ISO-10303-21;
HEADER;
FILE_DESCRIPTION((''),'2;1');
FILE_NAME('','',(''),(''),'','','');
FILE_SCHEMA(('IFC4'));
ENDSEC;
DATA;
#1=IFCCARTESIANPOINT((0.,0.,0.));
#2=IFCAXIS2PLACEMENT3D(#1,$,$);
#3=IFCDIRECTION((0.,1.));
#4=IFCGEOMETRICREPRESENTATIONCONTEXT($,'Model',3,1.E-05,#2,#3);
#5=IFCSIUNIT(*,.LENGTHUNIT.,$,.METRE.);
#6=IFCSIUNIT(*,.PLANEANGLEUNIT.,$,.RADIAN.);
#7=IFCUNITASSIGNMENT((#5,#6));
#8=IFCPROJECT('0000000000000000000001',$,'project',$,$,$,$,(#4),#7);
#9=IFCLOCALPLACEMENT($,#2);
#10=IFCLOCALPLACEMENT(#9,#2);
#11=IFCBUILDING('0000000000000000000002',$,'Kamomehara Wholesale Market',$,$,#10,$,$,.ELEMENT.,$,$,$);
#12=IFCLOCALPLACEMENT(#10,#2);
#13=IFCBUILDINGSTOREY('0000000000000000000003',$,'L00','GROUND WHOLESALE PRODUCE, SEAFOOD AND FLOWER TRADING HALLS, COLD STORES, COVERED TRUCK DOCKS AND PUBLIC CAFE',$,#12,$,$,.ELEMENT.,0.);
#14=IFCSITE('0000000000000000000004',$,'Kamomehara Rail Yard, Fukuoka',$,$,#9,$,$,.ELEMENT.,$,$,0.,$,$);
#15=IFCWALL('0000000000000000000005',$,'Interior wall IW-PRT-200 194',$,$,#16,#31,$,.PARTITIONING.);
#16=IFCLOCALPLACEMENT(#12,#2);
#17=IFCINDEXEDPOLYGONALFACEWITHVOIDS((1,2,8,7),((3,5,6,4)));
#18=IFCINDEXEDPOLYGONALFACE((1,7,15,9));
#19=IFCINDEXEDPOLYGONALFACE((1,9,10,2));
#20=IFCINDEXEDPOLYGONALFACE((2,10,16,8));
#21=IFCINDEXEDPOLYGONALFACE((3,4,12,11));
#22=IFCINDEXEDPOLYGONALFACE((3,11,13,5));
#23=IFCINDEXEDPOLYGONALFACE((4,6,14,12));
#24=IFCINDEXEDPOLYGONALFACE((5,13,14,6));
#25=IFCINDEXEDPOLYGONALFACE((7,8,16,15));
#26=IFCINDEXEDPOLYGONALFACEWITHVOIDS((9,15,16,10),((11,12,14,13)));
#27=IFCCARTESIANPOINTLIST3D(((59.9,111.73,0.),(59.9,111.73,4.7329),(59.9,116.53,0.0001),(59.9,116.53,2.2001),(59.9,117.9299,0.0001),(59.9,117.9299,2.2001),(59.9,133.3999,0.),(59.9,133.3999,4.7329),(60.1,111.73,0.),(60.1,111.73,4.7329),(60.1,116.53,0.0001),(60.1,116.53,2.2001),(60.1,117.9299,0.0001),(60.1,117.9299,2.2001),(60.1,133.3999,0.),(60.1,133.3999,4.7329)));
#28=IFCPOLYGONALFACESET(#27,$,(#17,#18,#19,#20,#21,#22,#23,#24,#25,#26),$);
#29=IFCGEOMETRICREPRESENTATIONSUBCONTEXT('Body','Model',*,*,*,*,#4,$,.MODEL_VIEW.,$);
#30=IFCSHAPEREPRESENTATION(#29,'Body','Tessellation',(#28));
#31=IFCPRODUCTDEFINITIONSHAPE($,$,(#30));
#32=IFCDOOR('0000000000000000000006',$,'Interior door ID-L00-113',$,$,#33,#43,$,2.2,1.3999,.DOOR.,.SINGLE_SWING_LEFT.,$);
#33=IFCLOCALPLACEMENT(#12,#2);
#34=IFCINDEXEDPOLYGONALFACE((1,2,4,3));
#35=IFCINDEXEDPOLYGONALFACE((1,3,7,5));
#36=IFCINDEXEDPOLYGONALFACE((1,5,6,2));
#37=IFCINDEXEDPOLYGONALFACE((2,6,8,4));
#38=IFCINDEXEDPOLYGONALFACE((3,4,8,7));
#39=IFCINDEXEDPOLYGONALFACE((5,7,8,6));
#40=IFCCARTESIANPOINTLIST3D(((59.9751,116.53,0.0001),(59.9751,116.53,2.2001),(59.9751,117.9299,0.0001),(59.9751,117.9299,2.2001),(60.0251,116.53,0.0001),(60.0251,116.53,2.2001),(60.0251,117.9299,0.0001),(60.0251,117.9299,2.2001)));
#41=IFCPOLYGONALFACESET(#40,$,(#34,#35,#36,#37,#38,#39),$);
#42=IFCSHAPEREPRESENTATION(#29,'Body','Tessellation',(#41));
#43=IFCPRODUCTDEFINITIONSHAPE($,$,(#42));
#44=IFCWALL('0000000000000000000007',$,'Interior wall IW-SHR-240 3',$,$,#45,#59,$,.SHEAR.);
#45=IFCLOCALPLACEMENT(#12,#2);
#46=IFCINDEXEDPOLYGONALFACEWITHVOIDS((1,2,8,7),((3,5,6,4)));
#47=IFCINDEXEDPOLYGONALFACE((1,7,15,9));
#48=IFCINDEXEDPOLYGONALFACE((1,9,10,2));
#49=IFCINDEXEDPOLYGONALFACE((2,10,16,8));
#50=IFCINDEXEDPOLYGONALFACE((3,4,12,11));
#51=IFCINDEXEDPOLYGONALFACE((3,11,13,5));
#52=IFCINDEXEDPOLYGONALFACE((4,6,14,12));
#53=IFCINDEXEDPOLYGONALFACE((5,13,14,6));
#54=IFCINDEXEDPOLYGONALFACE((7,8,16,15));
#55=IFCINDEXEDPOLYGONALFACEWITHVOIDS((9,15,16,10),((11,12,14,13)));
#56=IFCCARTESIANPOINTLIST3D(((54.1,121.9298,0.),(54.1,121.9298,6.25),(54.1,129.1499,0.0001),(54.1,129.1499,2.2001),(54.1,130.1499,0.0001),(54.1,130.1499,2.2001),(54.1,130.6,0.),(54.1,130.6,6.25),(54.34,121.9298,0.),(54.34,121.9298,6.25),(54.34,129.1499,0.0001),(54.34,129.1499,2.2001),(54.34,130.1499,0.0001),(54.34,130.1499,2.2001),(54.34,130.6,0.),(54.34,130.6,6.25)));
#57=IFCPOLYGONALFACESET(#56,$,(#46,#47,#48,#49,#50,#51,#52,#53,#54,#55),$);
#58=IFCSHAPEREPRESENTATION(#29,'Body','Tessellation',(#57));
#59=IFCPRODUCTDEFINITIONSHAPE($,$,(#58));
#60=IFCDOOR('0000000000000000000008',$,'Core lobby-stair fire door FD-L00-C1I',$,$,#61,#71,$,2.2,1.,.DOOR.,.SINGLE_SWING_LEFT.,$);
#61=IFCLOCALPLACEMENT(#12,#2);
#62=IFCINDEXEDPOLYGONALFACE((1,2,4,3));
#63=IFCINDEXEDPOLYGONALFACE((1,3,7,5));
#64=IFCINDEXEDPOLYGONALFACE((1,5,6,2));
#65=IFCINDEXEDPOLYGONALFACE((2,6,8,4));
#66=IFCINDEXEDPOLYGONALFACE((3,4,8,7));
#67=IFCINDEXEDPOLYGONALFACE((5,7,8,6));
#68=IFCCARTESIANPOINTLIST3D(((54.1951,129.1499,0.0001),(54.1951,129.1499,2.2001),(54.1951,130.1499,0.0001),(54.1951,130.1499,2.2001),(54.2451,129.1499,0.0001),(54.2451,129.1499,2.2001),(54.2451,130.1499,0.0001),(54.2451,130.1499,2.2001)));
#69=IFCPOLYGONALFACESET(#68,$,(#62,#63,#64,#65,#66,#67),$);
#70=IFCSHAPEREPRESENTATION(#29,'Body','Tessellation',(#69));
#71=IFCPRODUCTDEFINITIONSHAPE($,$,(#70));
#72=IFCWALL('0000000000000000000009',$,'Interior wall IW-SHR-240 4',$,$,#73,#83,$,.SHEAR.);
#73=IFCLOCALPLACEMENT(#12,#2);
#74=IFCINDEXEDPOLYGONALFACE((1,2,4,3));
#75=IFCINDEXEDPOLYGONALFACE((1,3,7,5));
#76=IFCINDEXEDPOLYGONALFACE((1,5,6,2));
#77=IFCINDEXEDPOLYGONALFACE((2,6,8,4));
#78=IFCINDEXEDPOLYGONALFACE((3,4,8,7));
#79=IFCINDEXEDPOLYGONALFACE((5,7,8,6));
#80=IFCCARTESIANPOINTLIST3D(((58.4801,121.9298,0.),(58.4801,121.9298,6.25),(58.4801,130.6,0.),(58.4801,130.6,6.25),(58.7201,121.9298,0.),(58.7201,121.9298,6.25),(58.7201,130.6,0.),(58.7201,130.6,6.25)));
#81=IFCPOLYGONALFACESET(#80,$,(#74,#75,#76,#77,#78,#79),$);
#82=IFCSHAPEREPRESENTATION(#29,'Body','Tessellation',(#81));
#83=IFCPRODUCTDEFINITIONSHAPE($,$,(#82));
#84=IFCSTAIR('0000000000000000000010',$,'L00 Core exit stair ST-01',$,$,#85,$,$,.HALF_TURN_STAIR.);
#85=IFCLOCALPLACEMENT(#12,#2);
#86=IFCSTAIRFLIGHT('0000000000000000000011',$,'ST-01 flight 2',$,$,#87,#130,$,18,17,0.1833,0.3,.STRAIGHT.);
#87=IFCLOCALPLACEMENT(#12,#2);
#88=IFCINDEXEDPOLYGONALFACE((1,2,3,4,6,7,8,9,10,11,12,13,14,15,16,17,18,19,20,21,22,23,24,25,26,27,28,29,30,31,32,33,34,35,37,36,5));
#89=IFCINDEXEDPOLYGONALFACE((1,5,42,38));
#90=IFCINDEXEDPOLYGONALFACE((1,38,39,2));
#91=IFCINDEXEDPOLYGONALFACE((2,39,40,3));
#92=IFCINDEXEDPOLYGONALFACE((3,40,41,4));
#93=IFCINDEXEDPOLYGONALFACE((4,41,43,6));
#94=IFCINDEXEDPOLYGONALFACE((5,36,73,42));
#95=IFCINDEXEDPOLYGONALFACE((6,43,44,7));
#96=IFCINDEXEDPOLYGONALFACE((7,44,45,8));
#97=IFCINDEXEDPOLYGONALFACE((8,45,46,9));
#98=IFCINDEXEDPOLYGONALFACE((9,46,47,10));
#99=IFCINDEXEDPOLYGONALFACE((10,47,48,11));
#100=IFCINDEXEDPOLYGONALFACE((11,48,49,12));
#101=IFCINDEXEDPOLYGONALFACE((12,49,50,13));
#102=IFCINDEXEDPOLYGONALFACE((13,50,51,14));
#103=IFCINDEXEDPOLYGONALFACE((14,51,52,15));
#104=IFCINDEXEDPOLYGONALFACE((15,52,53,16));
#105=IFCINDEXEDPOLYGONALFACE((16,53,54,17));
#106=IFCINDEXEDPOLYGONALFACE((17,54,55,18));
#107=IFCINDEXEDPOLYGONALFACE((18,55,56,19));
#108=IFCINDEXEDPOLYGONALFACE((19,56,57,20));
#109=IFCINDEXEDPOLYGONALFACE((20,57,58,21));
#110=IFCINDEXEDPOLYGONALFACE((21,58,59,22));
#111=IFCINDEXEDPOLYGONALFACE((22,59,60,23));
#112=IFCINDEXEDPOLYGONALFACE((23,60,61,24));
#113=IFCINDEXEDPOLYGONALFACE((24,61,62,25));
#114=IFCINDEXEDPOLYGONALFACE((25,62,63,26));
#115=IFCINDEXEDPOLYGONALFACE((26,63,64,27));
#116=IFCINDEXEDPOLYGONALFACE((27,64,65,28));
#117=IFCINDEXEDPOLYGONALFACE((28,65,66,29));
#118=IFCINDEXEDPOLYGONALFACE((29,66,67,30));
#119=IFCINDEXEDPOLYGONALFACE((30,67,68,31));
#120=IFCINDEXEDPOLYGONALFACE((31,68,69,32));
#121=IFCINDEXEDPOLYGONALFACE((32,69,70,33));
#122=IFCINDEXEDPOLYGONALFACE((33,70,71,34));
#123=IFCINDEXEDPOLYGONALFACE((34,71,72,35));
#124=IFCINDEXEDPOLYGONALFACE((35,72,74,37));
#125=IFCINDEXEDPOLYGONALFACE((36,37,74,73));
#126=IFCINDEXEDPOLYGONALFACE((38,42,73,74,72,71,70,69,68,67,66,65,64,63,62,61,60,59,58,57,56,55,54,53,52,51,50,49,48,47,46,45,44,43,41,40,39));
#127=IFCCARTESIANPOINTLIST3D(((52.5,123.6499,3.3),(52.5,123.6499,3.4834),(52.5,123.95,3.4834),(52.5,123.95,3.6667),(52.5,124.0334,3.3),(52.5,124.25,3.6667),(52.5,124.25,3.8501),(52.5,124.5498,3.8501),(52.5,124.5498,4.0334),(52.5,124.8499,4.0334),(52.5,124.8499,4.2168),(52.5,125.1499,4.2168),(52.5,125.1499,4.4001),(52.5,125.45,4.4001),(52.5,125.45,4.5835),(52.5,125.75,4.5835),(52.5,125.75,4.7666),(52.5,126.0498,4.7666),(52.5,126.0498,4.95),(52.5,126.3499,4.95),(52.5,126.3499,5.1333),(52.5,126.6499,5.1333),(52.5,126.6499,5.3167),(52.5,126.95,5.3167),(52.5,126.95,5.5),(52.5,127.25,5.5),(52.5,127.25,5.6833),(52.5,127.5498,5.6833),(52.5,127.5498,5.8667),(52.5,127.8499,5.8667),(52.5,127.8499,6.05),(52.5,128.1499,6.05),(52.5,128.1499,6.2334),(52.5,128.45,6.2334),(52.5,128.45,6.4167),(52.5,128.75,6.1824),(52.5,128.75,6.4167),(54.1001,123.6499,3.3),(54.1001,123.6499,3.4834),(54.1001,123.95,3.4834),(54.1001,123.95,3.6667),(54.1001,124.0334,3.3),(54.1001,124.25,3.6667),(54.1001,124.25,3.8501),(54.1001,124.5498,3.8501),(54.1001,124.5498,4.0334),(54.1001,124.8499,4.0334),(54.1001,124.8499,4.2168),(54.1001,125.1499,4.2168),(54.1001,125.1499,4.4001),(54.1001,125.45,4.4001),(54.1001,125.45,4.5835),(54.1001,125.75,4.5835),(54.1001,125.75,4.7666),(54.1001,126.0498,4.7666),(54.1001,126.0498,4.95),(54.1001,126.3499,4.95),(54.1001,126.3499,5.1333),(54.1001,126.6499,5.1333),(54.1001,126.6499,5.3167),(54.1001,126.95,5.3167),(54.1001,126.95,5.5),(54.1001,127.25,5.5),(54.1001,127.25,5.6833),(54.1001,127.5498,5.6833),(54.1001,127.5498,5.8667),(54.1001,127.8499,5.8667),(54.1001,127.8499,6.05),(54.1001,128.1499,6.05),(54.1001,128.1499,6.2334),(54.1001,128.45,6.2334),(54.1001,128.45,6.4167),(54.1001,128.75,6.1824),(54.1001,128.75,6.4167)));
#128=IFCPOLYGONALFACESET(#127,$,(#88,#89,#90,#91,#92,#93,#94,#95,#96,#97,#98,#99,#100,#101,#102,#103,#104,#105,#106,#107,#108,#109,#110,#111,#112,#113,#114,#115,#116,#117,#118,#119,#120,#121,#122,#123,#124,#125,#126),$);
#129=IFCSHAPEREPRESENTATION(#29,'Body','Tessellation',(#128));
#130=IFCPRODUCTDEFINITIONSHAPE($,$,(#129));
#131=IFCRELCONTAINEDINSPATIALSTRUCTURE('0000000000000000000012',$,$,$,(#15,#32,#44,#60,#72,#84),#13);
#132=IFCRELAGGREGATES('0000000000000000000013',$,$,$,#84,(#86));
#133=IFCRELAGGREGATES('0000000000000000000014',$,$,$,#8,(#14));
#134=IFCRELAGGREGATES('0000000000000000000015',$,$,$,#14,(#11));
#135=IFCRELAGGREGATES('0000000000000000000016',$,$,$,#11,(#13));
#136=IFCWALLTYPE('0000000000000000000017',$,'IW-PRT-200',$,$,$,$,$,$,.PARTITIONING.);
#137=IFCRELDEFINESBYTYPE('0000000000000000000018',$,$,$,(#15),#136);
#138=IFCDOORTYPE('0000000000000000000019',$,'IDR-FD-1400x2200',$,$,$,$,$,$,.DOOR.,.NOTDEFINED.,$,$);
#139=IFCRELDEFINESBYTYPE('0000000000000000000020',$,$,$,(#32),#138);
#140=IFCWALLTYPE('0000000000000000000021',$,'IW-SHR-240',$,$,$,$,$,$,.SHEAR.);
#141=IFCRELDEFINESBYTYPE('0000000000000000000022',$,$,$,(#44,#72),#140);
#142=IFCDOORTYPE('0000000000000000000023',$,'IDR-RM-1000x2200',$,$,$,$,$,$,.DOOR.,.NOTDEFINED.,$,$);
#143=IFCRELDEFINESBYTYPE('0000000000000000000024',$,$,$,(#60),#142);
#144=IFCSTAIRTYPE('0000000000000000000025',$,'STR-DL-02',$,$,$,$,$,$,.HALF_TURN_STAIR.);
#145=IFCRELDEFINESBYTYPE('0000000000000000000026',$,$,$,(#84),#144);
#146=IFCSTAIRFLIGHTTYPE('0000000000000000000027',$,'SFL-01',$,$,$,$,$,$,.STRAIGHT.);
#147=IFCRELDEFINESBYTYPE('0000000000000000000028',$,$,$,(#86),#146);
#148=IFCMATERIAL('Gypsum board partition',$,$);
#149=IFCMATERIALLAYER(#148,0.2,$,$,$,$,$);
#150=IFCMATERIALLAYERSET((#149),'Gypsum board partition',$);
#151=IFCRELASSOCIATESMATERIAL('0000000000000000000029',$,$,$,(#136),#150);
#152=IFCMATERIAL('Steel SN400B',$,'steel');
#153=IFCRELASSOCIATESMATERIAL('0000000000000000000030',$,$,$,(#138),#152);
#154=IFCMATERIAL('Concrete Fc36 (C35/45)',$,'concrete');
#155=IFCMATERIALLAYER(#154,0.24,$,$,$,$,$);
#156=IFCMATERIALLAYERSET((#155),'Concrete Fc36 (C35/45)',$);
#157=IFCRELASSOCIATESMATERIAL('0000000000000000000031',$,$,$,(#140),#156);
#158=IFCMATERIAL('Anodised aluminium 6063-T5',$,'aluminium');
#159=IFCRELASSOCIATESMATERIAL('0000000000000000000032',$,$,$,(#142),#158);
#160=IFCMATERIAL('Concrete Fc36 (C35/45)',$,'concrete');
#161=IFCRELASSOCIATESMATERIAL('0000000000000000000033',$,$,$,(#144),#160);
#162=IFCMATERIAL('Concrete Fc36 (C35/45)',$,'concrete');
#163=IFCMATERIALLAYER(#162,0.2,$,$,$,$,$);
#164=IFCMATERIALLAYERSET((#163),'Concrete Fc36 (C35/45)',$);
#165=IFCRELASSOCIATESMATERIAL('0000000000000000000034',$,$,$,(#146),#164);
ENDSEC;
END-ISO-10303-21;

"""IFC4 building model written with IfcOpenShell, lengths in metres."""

from ifc_helpers import new_model, si_unit, direction, frame, frame_2d, origin, place, context, subcontext, project, spatial, polyline, rectangle, outline, extrude, material, layer, layer_set, type_object, element, fill, aggregate, save


model = new_model("IFC4")

# Units and contexts
model_context = context("Model", 3, precision=1e-05, world=origin(), true_north=direction((0.0, 1.0)))
body_context = subcontext(model_context, "Body", "Model", "MODEL_VIEW")
ifc_project = project(units=[si_unit("LENGTHUNIT", "METRE"), si_unit("PLANEANGLEUNIT", "RADIAN")], contexts=[model_context])

# Site, building, storey
site_placement = place(None, origin())
site = spatial("IfcSite", under=ifc_project, at=site_placement, Name="Kamomehara Rail Yard, Fukuoka", CompositionType="ELEMENT", RefElevation=0.0)
building_placement = place(site_placement, origin())
building = spatial("IfcBuilding", under=site, at=building_placement, Name="Kamomehara Wholesale Market", CompositionType="ELEMENT")
storey_placement = place(building_placement, origin())
storey = spatial("IfcBuildingStorey", under=building, at=storey_placement, Name="L00", Description="GROUND WHOLESALE PRODUCE, SEAFOOD AND FLOWER TRADING HALLS, COLD STORES, COVERED TRUCK DOCKS AND PUBLIC CAFE", CompositionType="ELEMENT", Elevation=0.0)

# Walls, openings, doors
ifc_material_1 = material(Name="Gypsum board partition")
ifc_layer_1 = layer(ifc_material_1, 0.2)
ifc_layer_set_1 = layer_set([ifc_layer_1], Name="Gypsum board partition")
wall_type_1 = type_object("IfcWallType", Name="IW-PRT-200", PredefinedType="PARTITIONING", material=ifc_layer_set_1)
wall_1_placement = place(storey_placement, frame((60.0, 111.73, 0.0), z_axis=(0.0, 0.0, 1.0), x_axis=(0.0, 1.0, 0.0)))
wall_1 = element("IfcWall", 1, at=wall_1_placement, inside=storey, type_object=wall_type_1, Name="Interior wall IW-PRT-200 194", PredefinedType="PARTITIONING", context=body_context, shape_type="SweptSolid", body=[
    extrude(rectangle(XDim=21.6699, YDim=0.2, at=frame_2d((10.835, 0.0))), origin(), (0.0, 0.0, 1.0), 4.7329),
])
opening_1_placement = place(wall_1_placement, frame((4.8, 0.0, 0.0)))
opening_1 = element("IfcOpeningElement", 2, at=opening_1_placement, cuts=wall_1, PredefinedType="OPENING", context=body_context, shape_type="SweptSolid", body=[
    extrude(rectangle(XDim=1.3999, YDim=2.2, at=frame_2d((0.7, 1.1001))), frame((0.0, 0.1147, 0.0), z_axis=(0.0, -1.0, 0.0), x_axis=(1.0, 0.0, 0.0)), (0.0, 0.0, 1.0), 0.2297),
])
ifc_material_2 = material(Name="Steel SN400B", Category="steel")
door_type_1 = type_object("IfcDoorType", Name="IDR-FD-1400x2200", OperationType="NOTDEFINED", PredefinedType="DOOR", material=ifc_material_2)
door_1_placement = place(opening_1_placement, origin())
door_1 = element("IfcDoor", 3, at=door_1_placement, inside=storey, type_object=door_type_1, Name="Interior door ID-L00-113", OperationType="SINGLE_SWING_LEFT", OverallHeight=2.2, OverallWidth=1.3999, PredefinedType="DOOR", context=body_context, shape_type="SweptSolid", body=[
    extrude(rectangle(XDim=1.3999, YDim=2.2, at=frame_2d((0.7, 1.1001))), frame((0.0, 0.0249, 0.0), z_axis=(0.0, -1.0, 0.0), x_axis=(1.0, 0.0, 0.0)), (0.0, 0.0, 1.0), 0.05),
])
fill(opening_1, door_1)
ifc_material_3 = material(Name="Concrete Fc36 (C35/45)", Category="concrete")
ifc_layer_2 = layer(ifc_material_3, 0.24)
ifc_layer_set_2 = layer_set([ifc_layer_2], Name="Concrete Fc36 (C35/45)")
wall_type_2 = type_object("IfcWallType", Name="IW-SHR-240", PredefinedType="SHEAR", material=ifc_layer_set_2)
wall_2_placement = place(storey_placement, frame((54.22, 121.9299, 0.0), z_axis=(0.0, 0.0, 1.0), x_axis=(0.0, 1.0, 0.0)))
wall_2 = element("IfcWall", 4, at=wall_2_placement, inside=storey, type_object=wall_type_2, Name="Interior wall IW-SHR-240 3", PredefinedType="SHEAR", context=body_context, shape_type="SweptSolid", body=[
    extrude(rectangle(XDim=8.6702, YDim=0.24, at=frame_2d((4.335, 0.0))), origin(), (0.0, 0.0, 1.0), 6.25),
])
opening_2_placement = place(wall_2_placement, frame((7.22, 0.0, 0.0)))
opening_2 = element("IfcOpeningElement", 5, at=opening_2_placement, cuts=wall_2, PredefinedType="OPENING", context=body_context, shape_type="SweptSolid", body=[
    extrude(rectangle(XDim=1.0, YDim=2.2, at=frame_2d((0.5, 1.1001))), frame((0.0, 0.1348, 0.0), z_axis=(0.0, -1.0, 0.0), x_axis=(1.0, 0.0, 0.0)), (0.0, 0.0, 1.0), 0.2698),
])
ifc_material_4 = material(Name="Anodised aluminium 6063-T5", Category="aluminium")
door_type_2 = type_object("IfcDoorType", Name="IDR-RM-1000x2200", OperationType="NOTDEFINED", PredefinedType="DOOR", material=ifc_material_4)
door_2_placement = place(opening_2_placement, origin())
door_2 = element("IfcDoor", 6, at=door_2_placement, inside=storey, type_object=door_type_2, Name="Core lobby-stair fire door FD-L00-C1I", OperationType="SINGLE_SWING_LEFT", OverallHeight=2.2, OverallWidth=1.0, PredefinedType="DOOR", context=body_context, shape_type="SweptSolid", body=[
    extrude(rectangle(XDim=1.0, YDim=2.2, at=frame_2d((0.5, 1.1001))), frame((0.0, 0.0249, 0.0), z_axis=(0.0, -1.0, 0.0), x_axis=(1.0, 0.0, 0.0)), (0.0, 0.0, 1.0), 0.05),
])
fill(opening_2, door_2)

# Wall
wall_3_placement = place(storey_placement, frame((58.6001, 121.9299, 0.0), z_axis=(0.0, 0.0, 1.0), x_axis=(0.0, 1.0, 0.0)))
element("IfcWall", 7, at=wall_3_placement, inside=storey, type_object=wall_type_2, Name="Interior wall IW-SHR-240 4", PredefinedType="SHEAR", context=body_context, shape_type="SweptSolid", body=[
    extrude(rectangle(XDim=8.6702, YDim=0.24, at=frame_2d((4.335, 0.0))), origin(), (0.0, 0.0, 1.0), 6.25),
])

# Stair, stair flight
ifc_material_5 = material(Name="Concrete Fc36 (C35/45)", Category="concrete")
stair_type = type_object("IfcStairType", Name="STR-DL-02", PredefinedType="HALF_TURN_STAIR", material=ifc_material_5)
stair_placement = place(storey_placement, origin())
stair = element("IfcStair", 8, at=stair_placement, inside=storey, type_object=stair_type, Name="L00 Core exit stair ST-01", PredefinedType="HALF_TURN_STAIR")
ifc_material_6 = material(Name="Concrete Fc36 (C35/45)", Category="concrete")
ifc_layer_3 = layer(ifc_material_6, 0.2)
ifc_layer_set_3 = layer_set([ifc_layer_3], Name="Concrete Fc36 (C35/45)")
stair_flight_type = type_object("IfcStairFlightType", Name="SFL-01", PredefinedType="STRAIGHT", material=ifc_layer_set_3)
stair_flight_placement = place(storey_placement, frame((53.3, 123.6499, 3.3), z_axis=(0.0, 0.0, 1.0), x_axis=(0.0, 1.0, 0.0)))
stair_flight = element("IfcStairFlight", 9, at=stair_flight_placement, type_object=stair_flight_type, Name="ST-01 flight 2", NumberOfRisers=18, NumberOfTreads=17, PredefinedType="STRAIGHT", RiserHeight=0.1833, TreadLength=0.3, context=body_context, shape_type="SweptSolid", body=[
    extrude(outline(polyline([(0.0, 0.0), (0.0, 0.1833), (0.3, 0.1833), (0.3, 0.3667), (0.6001, 0.3667), (0.6001, 0.55), (0.8999, 0.55), (0.8999, 0.7334), (1.2, 0.7334), (1.2, 0.9167), (1.5, 0.9167), (1.5, 1.1001), (1.8, 1.1001), (1.8, 1.2834), (2.1001, 1.2834), (2.1001, 1.4666), (2.3999, 1.4666), (2.3999, 1.6499), (2.7, 1.6499), (2.7, 1.8333), (3.0, 1.8333), (3.0, 2.0166), (3.3, 2.0166), (3.3, 2.2), (3.6001, 2.2), (3.6001, 2.3833), (3.8999, 2.3833), (3.8999, 2.5667), (4.2, 2.5667), (4.2, 2.75), (4.5, 2.75), (4.5, 2.9333), (4.8, 2.9333), (4.8, 3.1167), (5.1001, 3.1167), (5.1001, 3.3), (5.1001, 2.8823), (0.3835, 0.0), (0.0, 0.0)])), frame((0.0, 0.8, 0.0), z_axis=(0.0, -1.0, 0.0), x_axis=(1.0, 0.0, 0.0)), (0.0, 0.0, 1.0), 1.6001),
])
aggregate(stair, [stair_flight])

save(model, "model.ifc")
